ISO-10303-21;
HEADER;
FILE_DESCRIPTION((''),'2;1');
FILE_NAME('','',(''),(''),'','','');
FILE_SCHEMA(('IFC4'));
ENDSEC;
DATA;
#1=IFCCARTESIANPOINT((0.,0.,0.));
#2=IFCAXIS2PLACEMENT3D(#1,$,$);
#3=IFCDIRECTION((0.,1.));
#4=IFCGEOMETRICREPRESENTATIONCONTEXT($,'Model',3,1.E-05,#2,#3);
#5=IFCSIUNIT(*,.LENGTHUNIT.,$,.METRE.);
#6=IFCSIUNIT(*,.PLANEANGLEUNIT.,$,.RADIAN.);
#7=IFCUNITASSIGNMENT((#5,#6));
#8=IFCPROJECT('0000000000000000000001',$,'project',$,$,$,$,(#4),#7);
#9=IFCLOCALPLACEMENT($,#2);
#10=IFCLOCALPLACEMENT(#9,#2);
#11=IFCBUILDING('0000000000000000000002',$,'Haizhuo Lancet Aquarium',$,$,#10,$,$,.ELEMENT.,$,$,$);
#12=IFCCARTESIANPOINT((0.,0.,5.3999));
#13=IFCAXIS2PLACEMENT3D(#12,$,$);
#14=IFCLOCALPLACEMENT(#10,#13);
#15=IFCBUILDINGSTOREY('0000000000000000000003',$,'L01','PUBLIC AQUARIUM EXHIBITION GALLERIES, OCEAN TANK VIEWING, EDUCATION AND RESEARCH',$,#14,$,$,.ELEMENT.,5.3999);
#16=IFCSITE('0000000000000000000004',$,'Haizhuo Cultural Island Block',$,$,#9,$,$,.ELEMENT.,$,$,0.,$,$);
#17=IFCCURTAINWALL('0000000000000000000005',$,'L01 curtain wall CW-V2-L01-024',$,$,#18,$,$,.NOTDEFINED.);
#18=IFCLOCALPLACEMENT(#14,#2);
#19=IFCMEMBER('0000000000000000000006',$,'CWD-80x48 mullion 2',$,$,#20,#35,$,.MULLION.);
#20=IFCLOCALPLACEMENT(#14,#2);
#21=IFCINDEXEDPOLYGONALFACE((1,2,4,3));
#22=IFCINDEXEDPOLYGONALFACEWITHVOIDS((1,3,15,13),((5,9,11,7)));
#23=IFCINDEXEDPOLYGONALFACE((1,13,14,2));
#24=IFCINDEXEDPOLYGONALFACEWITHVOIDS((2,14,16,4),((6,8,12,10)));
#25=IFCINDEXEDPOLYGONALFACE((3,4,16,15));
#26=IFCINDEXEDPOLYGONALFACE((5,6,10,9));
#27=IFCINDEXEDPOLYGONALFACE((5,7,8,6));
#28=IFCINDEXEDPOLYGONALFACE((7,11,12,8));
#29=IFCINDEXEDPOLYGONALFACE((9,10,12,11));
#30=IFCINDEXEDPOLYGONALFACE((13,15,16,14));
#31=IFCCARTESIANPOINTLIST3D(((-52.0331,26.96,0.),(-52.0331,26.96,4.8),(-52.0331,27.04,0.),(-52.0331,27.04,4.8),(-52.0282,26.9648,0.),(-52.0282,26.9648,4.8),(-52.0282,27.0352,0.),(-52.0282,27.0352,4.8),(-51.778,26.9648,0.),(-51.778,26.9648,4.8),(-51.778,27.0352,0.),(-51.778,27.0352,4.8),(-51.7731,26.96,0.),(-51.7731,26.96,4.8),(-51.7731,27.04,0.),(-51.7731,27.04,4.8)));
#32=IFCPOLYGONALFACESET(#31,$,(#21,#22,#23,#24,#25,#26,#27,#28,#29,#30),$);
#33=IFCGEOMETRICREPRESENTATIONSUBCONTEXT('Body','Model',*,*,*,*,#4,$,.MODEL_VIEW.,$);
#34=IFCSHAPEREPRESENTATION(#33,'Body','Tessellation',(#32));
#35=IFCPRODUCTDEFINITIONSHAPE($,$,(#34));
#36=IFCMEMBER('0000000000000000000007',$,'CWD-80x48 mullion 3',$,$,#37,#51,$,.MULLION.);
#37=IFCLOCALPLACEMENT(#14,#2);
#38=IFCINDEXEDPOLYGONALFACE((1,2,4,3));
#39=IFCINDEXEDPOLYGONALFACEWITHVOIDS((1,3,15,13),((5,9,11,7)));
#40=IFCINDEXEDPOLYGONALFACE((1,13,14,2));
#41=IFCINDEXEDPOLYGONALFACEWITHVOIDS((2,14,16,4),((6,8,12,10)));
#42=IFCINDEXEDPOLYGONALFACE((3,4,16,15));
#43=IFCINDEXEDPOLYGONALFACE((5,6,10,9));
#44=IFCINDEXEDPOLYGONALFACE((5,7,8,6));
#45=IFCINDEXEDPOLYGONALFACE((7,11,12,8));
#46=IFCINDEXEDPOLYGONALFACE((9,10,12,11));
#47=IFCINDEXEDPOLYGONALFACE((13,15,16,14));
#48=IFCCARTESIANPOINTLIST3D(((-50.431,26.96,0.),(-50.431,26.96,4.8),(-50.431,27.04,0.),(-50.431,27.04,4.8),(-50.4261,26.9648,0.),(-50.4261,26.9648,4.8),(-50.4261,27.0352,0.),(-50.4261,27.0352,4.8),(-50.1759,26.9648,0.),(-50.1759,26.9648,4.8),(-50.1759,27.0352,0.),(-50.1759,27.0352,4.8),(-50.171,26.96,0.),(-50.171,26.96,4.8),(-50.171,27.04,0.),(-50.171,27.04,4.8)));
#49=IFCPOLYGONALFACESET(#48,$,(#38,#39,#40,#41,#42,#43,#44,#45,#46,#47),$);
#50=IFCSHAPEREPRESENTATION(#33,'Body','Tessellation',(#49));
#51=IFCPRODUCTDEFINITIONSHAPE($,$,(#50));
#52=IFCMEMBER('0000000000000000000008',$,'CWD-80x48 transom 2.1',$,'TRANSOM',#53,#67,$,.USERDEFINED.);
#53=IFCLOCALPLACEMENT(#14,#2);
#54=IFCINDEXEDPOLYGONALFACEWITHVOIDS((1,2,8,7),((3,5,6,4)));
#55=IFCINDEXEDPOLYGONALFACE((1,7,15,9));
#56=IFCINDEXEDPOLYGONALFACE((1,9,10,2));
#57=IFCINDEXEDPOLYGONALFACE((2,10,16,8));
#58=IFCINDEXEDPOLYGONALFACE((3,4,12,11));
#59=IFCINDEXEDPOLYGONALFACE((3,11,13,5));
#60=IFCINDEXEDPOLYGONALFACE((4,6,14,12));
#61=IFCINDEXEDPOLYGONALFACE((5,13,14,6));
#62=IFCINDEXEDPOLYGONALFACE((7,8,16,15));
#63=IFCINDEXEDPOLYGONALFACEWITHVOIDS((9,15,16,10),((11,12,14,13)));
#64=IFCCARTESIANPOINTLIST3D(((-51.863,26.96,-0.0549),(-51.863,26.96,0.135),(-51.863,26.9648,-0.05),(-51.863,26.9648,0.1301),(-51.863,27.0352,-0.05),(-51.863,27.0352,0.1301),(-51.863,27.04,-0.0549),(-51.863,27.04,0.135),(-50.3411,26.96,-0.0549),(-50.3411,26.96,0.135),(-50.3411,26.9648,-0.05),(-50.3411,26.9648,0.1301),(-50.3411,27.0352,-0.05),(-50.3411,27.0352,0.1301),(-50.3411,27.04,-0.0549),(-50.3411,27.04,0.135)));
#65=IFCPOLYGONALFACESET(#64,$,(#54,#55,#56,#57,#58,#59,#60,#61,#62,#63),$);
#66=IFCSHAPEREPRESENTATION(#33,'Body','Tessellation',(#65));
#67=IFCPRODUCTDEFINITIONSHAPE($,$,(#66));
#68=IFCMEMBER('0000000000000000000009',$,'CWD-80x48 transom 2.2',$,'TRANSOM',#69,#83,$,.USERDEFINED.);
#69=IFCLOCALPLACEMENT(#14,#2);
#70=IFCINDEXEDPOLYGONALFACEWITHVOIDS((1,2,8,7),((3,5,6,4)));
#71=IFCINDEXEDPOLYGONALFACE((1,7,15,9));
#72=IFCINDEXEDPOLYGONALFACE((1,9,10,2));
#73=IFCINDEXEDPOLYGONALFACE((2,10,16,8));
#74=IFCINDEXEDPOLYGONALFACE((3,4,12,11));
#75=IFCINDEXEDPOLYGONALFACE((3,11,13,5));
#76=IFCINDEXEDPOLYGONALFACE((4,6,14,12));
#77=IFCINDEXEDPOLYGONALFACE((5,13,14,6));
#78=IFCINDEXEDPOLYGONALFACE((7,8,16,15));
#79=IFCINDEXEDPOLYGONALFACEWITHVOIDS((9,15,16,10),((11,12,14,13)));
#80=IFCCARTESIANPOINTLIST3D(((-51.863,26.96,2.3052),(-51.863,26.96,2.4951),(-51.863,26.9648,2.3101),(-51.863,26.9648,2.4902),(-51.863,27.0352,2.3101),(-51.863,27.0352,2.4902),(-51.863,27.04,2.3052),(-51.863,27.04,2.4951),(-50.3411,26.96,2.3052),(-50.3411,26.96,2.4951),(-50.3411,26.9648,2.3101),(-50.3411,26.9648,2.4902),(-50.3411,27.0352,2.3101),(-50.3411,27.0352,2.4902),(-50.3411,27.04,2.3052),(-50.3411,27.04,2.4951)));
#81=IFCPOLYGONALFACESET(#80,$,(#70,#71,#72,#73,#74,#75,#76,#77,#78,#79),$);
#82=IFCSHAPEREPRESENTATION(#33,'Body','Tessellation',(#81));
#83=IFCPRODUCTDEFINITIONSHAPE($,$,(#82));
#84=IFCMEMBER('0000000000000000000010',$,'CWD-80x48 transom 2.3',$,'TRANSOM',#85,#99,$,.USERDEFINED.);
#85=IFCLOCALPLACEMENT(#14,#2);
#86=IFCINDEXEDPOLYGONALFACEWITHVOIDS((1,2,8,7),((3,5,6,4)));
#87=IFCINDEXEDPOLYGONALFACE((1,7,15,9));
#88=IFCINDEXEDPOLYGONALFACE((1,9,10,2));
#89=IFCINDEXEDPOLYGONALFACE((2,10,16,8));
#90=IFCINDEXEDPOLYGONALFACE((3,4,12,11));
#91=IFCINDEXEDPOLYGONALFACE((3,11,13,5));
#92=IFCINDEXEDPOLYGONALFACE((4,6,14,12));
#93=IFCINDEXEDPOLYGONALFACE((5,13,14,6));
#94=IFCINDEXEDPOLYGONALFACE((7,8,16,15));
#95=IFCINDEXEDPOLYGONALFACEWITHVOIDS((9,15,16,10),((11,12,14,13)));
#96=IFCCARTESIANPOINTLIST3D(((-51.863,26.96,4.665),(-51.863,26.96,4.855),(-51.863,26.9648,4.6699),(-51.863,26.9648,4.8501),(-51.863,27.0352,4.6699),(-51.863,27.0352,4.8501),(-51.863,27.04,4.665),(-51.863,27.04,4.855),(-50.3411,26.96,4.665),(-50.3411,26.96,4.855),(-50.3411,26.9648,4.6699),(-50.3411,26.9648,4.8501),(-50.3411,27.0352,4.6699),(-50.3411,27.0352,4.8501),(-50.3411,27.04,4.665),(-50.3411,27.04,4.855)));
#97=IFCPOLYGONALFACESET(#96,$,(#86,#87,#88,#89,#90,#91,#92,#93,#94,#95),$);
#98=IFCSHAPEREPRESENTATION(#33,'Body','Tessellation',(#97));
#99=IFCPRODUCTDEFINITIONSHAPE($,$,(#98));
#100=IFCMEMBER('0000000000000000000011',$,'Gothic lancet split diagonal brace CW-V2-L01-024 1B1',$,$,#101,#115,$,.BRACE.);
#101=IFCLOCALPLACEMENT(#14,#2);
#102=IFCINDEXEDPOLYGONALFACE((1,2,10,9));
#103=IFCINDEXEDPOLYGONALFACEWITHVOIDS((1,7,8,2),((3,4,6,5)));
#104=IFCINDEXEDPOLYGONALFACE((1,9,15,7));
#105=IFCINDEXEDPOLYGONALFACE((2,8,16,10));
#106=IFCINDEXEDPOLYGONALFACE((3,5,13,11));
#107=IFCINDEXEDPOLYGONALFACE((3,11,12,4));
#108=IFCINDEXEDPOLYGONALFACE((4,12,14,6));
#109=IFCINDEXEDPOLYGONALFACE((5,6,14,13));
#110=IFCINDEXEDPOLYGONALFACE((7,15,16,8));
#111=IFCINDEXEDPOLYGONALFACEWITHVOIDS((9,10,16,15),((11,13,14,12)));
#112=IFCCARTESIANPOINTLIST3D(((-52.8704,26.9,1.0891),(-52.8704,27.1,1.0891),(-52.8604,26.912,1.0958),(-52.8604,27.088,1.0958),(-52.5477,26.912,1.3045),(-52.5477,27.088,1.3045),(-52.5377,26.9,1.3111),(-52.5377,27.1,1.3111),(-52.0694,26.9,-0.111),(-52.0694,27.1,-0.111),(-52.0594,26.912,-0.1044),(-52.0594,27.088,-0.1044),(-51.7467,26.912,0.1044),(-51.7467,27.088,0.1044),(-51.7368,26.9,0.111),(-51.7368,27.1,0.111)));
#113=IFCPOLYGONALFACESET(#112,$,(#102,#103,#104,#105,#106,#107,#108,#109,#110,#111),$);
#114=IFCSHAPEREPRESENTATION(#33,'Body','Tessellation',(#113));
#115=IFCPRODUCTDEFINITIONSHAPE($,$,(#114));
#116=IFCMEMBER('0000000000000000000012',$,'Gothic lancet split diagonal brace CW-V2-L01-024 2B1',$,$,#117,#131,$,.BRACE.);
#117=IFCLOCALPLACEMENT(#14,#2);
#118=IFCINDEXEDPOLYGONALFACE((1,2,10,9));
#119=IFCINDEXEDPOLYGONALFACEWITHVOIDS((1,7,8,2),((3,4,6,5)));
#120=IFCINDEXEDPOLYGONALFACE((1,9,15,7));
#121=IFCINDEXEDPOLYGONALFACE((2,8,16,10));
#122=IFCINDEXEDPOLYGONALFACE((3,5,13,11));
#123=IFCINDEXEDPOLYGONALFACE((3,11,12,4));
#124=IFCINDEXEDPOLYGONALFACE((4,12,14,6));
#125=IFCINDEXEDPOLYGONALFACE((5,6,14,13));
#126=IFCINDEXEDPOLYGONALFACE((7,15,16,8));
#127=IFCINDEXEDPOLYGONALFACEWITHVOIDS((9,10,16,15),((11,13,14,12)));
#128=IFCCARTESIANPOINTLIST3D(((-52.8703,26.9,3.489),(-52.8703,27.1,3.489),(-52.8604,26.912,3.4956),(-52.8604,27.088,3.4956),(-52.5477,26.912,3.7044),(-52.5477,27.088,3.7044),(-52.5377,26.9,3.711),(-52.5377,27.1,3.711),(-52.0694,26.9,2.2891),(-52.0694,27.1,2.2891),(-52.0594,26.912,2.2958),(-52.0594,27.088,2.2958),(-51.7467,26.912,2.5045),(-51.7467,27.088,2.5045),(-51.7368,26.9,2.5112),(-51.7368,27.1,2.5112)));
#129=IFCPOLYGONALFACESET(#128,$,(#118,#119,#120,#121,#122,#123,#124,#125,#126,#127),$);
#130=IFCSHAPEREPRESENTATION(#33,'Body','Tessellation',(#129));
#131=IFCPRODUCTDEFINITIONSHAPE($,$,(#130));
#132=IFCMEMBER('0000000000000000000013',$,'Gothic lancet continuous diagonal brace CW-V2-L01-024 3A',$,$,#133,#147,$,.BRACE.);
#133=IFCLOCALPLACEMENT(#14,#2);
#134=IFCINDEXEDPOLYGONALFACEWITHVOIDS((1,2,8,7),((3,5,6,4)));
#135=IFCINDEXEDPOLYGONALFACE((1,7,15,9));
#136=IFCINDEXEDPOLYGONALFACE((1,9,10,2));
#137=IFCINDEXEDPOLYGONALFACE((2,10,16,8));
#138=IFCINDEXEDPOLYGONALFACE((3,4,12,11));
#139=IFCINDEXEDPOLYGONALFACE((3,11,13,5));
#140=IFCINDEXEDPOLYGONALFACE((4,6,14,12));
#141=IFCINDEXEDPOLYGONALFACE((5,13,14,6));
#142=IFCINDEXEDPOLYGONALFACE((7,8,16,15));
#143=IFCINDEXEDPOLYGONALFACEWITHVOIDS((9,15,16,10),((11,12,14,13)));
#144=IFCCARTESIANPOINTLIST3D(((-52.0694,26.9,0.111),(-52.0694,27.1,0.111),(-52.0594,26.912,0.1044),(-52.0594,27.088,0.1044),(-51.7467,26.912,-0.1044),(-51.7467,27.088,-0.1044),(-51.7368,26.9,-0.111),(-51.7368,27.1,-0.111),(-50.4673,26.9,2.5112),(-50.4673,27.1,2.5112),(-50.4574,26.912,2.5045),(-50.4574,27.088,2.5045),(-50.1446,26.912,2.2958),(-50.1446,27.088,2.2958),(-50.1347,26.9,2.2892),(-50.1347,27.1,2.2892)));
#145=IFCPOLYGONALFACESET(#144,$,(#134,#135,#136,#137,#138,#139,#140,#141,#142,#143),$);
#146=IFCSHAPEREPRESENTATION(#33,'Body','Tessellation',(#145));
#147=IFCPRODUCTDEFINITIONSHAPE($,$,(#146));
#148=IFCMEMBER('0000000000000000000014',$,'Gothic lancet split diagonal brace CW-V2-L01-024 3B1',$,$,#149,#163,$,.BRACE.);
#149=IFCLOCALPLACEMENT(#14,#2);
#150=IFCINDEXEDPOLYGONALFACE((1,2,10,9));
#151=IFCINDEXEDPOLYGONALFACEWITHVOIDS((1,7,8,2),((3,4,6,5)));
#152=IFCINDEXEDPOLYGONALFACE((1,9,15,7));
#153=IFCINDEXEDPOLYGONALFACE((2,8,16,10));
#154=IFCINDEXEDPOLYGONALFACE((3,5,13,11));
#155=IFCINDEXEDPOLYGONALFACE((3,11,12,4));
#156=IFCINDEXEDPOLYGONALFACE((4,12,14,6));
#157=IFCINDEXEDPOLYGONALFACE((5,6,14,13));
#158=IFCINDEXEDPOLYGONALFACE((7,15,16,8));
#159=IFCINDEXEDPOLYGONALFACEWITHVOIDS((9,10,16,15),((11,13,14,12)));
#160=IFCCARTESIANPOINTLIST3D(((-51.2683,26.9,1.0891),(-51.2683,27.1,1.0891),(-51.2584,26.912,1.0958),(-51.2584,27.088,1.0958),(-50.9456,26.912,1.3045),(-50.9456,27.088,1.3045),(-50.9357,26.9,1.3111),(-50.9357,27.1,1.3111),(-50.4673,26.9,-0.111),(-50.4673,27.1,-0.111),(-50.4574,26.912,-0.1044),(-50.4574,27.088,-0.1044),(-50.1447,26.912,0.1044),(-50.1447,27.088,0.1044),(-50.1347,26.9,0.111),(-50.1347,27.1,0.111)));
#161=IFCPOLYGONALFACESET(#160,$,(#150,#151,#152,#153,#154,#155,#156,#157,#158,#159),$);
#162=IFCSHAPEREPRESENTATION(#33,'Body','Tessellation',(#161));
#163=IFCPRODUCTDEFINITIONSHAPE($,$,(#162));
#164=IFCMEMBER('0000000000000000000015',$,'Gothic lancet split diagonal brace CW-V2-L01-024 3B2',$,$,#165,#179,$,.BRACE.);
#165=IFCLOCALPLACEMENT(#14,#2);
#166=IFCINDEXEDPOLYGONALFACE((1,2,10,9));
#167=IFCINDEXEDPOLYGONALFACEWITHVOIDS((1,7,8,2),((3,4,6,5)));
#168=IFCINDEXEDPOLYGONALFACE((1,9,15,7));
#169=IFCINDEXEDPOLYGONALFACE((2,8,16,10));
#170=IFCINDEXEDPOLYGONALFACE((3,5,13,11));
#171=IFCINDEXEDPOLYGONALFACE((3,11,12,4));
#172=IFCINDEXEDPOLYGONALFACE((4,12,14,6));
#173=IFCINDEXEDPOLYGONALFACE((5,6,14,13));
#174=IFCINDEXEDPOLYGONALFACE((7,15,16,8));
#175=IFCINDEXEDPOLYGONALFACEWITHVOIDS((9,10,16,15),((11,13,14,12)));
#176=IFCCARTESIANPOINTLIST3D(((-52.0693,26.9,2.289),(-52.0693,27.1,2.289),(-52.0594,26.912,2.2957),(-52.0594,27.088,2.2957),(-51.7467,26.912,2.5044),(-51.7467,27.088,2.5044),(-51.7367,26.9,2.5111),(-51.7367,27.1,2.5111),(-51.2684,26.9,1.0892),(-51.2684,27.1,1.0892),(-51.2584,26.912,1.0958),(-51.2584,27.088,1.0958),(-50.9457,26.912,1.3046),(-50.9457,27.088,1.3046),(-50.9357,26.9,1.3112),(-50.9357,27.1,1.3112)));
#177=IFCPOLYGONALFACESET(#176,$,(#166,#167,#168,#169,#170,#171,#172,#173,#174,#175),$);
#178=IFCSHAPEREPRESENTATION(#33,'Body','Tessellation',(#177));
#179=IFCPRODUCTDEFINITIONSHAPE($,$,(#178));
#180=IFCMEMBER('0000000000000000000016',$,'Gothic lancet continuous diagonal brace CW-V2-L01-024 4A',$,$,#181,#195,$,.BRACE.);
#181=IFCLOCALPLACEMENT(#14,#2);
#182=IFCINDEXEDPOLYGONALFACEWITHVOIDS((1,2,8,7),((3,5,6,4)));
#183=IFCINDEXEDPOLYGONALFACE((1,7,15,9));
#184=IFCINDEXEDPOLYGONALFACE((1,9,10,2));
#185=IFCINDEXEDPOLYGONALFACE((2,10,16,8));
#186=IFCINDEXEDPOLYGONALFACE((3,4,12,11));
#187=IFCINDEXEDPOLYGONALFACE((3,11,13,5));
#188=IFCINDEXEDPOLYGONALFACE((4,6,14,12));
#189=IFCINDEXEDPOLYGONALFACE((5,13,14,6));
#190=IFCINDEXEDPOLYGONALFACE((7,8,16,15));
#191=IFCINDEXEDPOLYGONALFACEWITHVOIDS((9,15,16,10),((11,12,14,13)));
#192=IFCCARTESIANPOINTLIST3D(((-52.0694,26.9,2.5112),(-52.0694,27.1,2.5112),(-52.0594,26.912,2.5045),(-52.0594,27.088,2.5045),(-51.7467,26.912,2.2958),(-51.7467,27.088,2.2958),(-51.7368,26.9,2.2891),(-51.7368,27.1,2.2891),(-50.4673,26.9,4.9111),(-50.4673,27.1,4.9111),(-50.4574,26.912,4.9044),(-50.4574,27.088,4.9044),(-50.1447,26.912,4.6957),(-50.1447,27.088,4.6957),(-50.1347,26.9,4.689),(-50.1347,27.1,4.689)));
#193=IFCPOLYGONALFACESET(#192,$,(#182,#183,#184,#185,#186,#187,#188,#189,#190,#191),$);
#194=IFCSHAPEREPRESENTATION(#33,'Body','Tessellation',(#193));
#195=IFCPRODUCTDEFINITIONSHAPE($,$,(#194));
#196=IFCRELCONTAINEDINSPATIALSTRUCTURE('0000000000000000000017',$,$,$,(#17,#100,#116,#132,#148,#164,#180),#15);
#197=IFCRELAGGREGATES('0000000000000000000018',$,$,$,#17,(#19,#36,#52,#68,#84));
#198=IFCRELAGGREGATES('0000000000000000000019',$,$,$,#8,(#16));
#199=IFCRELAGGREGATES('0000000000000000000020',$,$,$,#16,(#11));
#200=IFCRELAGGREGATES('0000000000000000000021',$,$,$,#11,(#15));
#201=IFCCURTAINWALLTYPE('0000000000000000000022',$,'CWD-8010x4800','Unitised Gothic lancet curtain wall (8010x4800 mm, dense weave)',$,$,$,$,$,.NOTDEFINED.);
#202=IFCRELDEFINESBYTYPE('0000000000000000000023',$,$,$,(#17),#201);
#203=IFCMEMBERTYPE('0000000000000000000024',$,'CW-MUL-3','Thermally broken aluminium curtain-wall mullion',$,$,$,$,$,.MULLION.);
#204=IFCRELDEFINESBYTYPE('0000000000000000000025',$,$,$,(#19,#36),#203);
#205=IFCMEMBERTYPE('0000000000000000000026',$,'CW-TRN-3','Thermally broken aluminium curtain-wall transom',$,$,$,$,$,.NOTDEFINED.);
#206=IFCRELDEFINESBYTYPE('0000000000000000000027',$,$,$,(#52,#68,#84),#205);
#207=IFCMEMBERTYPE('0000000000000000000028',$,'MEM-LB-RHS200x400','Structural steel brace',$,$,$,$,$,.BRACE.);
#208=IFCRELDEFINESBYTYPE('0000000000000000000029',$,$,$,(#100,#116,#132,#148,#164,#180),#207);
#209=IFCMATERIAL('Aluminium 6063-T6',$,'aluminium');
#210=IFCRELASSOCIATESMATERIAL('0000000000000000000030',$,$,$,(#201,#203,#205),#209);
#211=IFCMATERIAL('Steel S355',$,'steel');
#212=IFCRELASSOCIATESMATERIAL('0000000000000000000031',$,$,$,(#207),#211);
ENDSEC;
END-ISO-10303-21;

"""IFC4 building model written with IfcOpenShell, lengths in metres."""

from ifc_helpers import new_model, si_unit, direction, frame, origin, origin_2d, place, context, subcontext, project, spatial, hollow_rectangle, extrude, material, material_profile, profile_set, type_object, element, aggregate, save


model = new_model("IFC4")

# Units and contexts
model_context = context("Model", 3, precision=1e-05, world=origin(), true_north=direction((0.0, 1.0)))
body_context = subcontext(model_context, "Body", "Model", "MODEL_VIEW")
ifc_project = project(units=[si_unit("LENGTHUNIT", "METRE"), si_unit("PLANEANGLEUNIT", "RADIAN")], contexts=[model_context])

# Site, building, storey
site_placement = place(None, origin())
site = spatial("IfcSite", under=ifc_project, at=site_placement, Name="Haizhuo Cultural Island Block", CompositionType="ELEMENT", RefElevation=0.0)
building_placement = place(site_placement, origin())
building = spatial("IfcBuilding", under=site, at=building_placement, Name="Haizhuo Lancet Aquarium", CompositionType="ELEMENT")
storey_placement = place(building_placement, frame((0.0, 0.0, 5.3999)))
storey = spatial("IfcBuildingStorey", under=building, at=storey_placement, Name="L01", Description="PUBLIC AQUARIUM EXHIBITION GALLERIES, OCEAN TANK VIEWING, EDUCATION AND RESEARCH", CompositionType="ELEMENT", Elevation=5.3999)

# Curtain wall, members
ifc_material_1 = material(Name="Aluminium 6063-T6", Category="aluminium")
curtain_wall_type = type_object("IfcCurtainWallType", Name="CWD-8010x4800", Description="Unitised Gothic lancet curtain wall (8010x4800 mm, dense weave)", PredefinedType="NOTDEFINED", material=ifc_material_1)
curtain_wall_placement = place(storey_placement, origin())
curtain_wall = element("IfcCurtainWall", 1, at=curtain_wall_placement, inside=storey, type_object=curtain_wall_type, Name="L01 curtain wall CW-V2-L01-024", PredefinedType="NOTDEFINED")
ifc_material_profile_1 = material_profile(ifc_material_1, hollow_rectangle(XDim=0.0801, YDim=0.26, WallThickness=0.0049, at=origin_2d()), Name="ALU-M 80x260x5")
ifc_profile_set_1 = profile_set([ifc_material_profile_1], Name="Aluminium 6063-T6")
member_type_1 = type_object("IfcMemberType", Name="CW-MUL-3", Description="Thermally broken aluminium curtain-wall mullion", PredefinedType="MULLION", material=ifc_profile_set_1)
member_1_placement = place(storey_placement, frame((-51.9031, 27.0, 0.0), z_axis=(0.0, 0.0, 1.0), x_axis=(0.0, 1.0, 0.0)))
member_1 = element("IfcMember", 2, at=member_1_placement, type_object=member_type_1, Name="CWD-80x48 mullion 2", PredefinedType="MULLION", context=body_context, shape_type="SweptSolid", body=[
    extrude(hollow_rectangle(XDim=0.0801, YDim=0.26, WallThickness=0.0049, at=origin_2d()), origin(), (0.0, 0.0, 1.0), 4.8),
])
member_2_placement = place(storey_placement, frame((-50.301, 27.0, 0.0), z_axis=(0.0, 0.0, 1.0), x_axis=(0.0, 1.0, 0.0)))
member_2 = element("IfcMember", 3, at=member_2_placement, type_object=member_type_1, Name="CWD-80x48 mullion 3", PredefinedType="MULLION", context=body_context, shape_type="SweptSolid", body=[
    extrude(hollow_rectangle(XDim=0.0801, YDim=0.26, WallThickness=0.0049, at=origin_2d()), origin(), (0.0, 0.0, 1.0), 4.8),
])
ifc_material_profile_2 = material_profile(ifc_material_1, hollow_rectangle(XDim=0.0801, YDim=0.1899, WallThickness=0.0049, at=origin_2d()), Name="ALU-T 80x190x5")
ifc_profile_set_2 = profile_set([ifc_material_profile_2], Name="Aluminium 6063-T6")
member_type_2 = type_object("IfcMemberType", Name="CW-TRN-3", Description="Thermally broken aluminium curtain-wall transom", PredefinedType="NOTDEFINED", material=ifc_profile_set_2)
member_3_placement = place(storey_placement, frame((-51.863, 27.0, 0.04), z_axis=(1.0, 0.0, 0.0), x_axis=(0.0, 1.0, 0.0)))
member_3 = element("IfcMember", 4, at=member_3_placement, type_object=member_type_2, Name="CWD-80x48 transom 2.1", ObjectType="TRANSOM", PredefinedType="USERDEFINED", context=body_context, shape_type="SweptSolid", body=[
    extrude(hollow_rectangle(XDim=0.0801, YDim=0.1899, WallThickness=0.0049, at=origin_2d()), origin(), (0.0, 0.0, 1.0), 1.522),
])
member_4_placement = place(storey_placement, frame((-51.863, 27.0, 2.4001), z_axis=(1.0, 0.0, 0.0), x_axis=(0.0, 1.0, 0.0)))
member_4 = element("IfcMember", 5, at=member_4_placement, type_object=member_type_2, Name="CWD-80x48 transom 2.2", ObjectType="TRANSOM", PredefinedType="USERDEFINED", context=body_context, shape_type="SweptSolid", body=[
    extrude(hollow_rectangle(XDim=0.0801, YDim=0.1899, WallThickness=0.0049, at=origin_2d()), origin(), (0.0, 0.0, 1.0), 1.522),
])
member_5_placement = place(storey_placement, frame((-51.863, 27.0, 4.76), z_axis=(1.0, 0.0, 0.0), x_axis=(0.0, 1.0, 0.0)))
member_5 = element("IfcMember", 6, at=member_5_placement, type_object=member_type_2, Name="CWD-80x48 transom 2.3", ObjectType="TRANSOM", PredefinedType="USERDEFINED", context=body_context, shape_type="SweptSolid", body=[
    extrude(hollow_rectangle(XDim=0.0801, YDim=0.1899, WallThickness=0.0049, at=origin_2d()), origin(), (0.0, 0.0, 1.0), 1.522),
])

# Members
ifc_material_2 = material(Name="Steel S355", Category="steel")
ifc_material_profile_3 = material_profile(ifc_material_2, hollow_rectangle(XDim=0.2, YDim=0.3999, WallThickness=0.012, at=origin_2d()), Name="RHS 200x400x12")
ifc_profile_set_3 = profile_set([ifc_material_profile_3], Name="Steel S355")
member_type_3 = type_object("IfcMemberType", Name="MEM-LB-RHS200x400", Description="Structural steel brace", PredefinedType="BRACE", material=ifc_profile_set_3)
member_6_placement = place(storey_placement, frame((-51.9031, 27.0, 0.0), z_axis=(-0.55513, 0.0, 0.831764), x_axis=(0.0, -1.0, 0.0)))
element("IfcMember", 7, at=member_6_placement, inside=storey, type_object=member_type_3, Name="Gothic lancet split diagonal brace CW-V2-L01-024 1B1", PredefinedType="BRACE", context=body_context, shape_type="SweptSolid", body=[
    extrude(hollow_rectangle(XDim=0.2, YDim=0.3999, WallThickness=0.012, at=origin_2d()), origin(), (0.0, 0.0, 1.0), 1.4429),
])
member_7_placement = place(storey_placement, frame((-51.9031, 27.0, 2.4001), z_axis=(-0.555208, 0.0, 0.831712), x_axis=(0.0, -1.0, 0.0)))
element("IfcMember", 8, at=member_7_placement, inside=storey, type_object=member_type_3, Name="Gothic lancet split diagonal brace CW-V2-L01-024 2B1", PredefinedType="BRACE", context=body_context, shape_type="SweptSolid", body=[
    extrude(hollow_rectangle(XDim=0.2, YDim=0.3999, WallThickness=0.012, at=origin_2d()), origin(), (0.0, 0.0, 1.0), 1.4426),
])
member_8_placement = place(storey_placement, frame((-51.9031, 27.0, 0.0), z_axis=(0.555169, 0.0, 0.831738), x_axis=(0.0, 1.0, 0.0)))
element("IfcMember", 9, at=member_8_placement, inside=storey, type_object=member_type_3, Name="Gothic lancet continuous diagonal brace CW-V2-L01-024 3A", PredefinedType="BRACE", context=body_context, shape_type="SweptSolid", body=[
    extrude(hollow_rectangle(XDim=0.2, YDim=0.3999, WallThickness=0.012, at=origin_2d()), origin(), (0.0, 0.0, 1.0), 2.8857),
])
member_9_placement = place(storey_placement, frame((-50.301, 27.0, 0.0), z_axis=(-0.55513, 0.0, 0.831764), x_axis=(0.0, -1.0, 0.0)))
element("IfcMember", 10, at=member_9_placement, inside=storey, type_object=member_type_3, Name="Gothic lancet split diagonal brace CW-V2-L01-024 3B1", PredefinedType="BRACE", context=body_context, shape_type="SweptSolid", body=[
    extrude(hollow_rectangle(XDim=0.2, YDim=0.3999, WallThickness=0.012, at=origin_2d()), origin(), (0.0, 0.0, 1.0), 1.4429),
])
member_10_placement = place(storey_placement, frame((-51.1021, 27.0, 1.2002), z_axis=(-0.555208, 0.0, 0.831712), x_axis=(0.0, -1.0, 0.0)))
element("IfcMember", 11, at=member_10_placement, inside=storey, type_object=member_type_3, Name="Gothic lancet split diagonal brace CW-V2-L01-024 3B2", PredefinedType="BRACE", context=body_context, shape_type="SweptSolid", body=[
    extrude(hollow_rectangle(XDim=0.2, YDim=0.3999, WallThickness=0.012, at=origin_2d()), origin(), (0.0, 0.0, 1.0), 1.4426),
])
member_11_placement = place(storey_placement, frame((-51.9031, 27.0, 2.4001), z_axis=(0.555208, 0.0, 0.831712), x_axis=(0.0, 1.0, 0.0)))
element("IfcMember", 12, at=member_11_placement, inside=storey, type_object=member_type_3, Name="Gothic lancet continuous diagonal brace CW-V2-L01-024 4A", PredefinedType="BRACE", context=body_context, shape_type="SweptSolid", body=[
    extrude(hollow_rectangle(XDim=0.2, YDim=0.3999, WallThickness=0.012, at=origin_2d()), origin(), (0.0, 0.0, 1.0), 2.8855),
])

aggregate(curtain_wall, [member_1, member_2, member_3, member_4, member_5])

save(model, "model.ifc")
